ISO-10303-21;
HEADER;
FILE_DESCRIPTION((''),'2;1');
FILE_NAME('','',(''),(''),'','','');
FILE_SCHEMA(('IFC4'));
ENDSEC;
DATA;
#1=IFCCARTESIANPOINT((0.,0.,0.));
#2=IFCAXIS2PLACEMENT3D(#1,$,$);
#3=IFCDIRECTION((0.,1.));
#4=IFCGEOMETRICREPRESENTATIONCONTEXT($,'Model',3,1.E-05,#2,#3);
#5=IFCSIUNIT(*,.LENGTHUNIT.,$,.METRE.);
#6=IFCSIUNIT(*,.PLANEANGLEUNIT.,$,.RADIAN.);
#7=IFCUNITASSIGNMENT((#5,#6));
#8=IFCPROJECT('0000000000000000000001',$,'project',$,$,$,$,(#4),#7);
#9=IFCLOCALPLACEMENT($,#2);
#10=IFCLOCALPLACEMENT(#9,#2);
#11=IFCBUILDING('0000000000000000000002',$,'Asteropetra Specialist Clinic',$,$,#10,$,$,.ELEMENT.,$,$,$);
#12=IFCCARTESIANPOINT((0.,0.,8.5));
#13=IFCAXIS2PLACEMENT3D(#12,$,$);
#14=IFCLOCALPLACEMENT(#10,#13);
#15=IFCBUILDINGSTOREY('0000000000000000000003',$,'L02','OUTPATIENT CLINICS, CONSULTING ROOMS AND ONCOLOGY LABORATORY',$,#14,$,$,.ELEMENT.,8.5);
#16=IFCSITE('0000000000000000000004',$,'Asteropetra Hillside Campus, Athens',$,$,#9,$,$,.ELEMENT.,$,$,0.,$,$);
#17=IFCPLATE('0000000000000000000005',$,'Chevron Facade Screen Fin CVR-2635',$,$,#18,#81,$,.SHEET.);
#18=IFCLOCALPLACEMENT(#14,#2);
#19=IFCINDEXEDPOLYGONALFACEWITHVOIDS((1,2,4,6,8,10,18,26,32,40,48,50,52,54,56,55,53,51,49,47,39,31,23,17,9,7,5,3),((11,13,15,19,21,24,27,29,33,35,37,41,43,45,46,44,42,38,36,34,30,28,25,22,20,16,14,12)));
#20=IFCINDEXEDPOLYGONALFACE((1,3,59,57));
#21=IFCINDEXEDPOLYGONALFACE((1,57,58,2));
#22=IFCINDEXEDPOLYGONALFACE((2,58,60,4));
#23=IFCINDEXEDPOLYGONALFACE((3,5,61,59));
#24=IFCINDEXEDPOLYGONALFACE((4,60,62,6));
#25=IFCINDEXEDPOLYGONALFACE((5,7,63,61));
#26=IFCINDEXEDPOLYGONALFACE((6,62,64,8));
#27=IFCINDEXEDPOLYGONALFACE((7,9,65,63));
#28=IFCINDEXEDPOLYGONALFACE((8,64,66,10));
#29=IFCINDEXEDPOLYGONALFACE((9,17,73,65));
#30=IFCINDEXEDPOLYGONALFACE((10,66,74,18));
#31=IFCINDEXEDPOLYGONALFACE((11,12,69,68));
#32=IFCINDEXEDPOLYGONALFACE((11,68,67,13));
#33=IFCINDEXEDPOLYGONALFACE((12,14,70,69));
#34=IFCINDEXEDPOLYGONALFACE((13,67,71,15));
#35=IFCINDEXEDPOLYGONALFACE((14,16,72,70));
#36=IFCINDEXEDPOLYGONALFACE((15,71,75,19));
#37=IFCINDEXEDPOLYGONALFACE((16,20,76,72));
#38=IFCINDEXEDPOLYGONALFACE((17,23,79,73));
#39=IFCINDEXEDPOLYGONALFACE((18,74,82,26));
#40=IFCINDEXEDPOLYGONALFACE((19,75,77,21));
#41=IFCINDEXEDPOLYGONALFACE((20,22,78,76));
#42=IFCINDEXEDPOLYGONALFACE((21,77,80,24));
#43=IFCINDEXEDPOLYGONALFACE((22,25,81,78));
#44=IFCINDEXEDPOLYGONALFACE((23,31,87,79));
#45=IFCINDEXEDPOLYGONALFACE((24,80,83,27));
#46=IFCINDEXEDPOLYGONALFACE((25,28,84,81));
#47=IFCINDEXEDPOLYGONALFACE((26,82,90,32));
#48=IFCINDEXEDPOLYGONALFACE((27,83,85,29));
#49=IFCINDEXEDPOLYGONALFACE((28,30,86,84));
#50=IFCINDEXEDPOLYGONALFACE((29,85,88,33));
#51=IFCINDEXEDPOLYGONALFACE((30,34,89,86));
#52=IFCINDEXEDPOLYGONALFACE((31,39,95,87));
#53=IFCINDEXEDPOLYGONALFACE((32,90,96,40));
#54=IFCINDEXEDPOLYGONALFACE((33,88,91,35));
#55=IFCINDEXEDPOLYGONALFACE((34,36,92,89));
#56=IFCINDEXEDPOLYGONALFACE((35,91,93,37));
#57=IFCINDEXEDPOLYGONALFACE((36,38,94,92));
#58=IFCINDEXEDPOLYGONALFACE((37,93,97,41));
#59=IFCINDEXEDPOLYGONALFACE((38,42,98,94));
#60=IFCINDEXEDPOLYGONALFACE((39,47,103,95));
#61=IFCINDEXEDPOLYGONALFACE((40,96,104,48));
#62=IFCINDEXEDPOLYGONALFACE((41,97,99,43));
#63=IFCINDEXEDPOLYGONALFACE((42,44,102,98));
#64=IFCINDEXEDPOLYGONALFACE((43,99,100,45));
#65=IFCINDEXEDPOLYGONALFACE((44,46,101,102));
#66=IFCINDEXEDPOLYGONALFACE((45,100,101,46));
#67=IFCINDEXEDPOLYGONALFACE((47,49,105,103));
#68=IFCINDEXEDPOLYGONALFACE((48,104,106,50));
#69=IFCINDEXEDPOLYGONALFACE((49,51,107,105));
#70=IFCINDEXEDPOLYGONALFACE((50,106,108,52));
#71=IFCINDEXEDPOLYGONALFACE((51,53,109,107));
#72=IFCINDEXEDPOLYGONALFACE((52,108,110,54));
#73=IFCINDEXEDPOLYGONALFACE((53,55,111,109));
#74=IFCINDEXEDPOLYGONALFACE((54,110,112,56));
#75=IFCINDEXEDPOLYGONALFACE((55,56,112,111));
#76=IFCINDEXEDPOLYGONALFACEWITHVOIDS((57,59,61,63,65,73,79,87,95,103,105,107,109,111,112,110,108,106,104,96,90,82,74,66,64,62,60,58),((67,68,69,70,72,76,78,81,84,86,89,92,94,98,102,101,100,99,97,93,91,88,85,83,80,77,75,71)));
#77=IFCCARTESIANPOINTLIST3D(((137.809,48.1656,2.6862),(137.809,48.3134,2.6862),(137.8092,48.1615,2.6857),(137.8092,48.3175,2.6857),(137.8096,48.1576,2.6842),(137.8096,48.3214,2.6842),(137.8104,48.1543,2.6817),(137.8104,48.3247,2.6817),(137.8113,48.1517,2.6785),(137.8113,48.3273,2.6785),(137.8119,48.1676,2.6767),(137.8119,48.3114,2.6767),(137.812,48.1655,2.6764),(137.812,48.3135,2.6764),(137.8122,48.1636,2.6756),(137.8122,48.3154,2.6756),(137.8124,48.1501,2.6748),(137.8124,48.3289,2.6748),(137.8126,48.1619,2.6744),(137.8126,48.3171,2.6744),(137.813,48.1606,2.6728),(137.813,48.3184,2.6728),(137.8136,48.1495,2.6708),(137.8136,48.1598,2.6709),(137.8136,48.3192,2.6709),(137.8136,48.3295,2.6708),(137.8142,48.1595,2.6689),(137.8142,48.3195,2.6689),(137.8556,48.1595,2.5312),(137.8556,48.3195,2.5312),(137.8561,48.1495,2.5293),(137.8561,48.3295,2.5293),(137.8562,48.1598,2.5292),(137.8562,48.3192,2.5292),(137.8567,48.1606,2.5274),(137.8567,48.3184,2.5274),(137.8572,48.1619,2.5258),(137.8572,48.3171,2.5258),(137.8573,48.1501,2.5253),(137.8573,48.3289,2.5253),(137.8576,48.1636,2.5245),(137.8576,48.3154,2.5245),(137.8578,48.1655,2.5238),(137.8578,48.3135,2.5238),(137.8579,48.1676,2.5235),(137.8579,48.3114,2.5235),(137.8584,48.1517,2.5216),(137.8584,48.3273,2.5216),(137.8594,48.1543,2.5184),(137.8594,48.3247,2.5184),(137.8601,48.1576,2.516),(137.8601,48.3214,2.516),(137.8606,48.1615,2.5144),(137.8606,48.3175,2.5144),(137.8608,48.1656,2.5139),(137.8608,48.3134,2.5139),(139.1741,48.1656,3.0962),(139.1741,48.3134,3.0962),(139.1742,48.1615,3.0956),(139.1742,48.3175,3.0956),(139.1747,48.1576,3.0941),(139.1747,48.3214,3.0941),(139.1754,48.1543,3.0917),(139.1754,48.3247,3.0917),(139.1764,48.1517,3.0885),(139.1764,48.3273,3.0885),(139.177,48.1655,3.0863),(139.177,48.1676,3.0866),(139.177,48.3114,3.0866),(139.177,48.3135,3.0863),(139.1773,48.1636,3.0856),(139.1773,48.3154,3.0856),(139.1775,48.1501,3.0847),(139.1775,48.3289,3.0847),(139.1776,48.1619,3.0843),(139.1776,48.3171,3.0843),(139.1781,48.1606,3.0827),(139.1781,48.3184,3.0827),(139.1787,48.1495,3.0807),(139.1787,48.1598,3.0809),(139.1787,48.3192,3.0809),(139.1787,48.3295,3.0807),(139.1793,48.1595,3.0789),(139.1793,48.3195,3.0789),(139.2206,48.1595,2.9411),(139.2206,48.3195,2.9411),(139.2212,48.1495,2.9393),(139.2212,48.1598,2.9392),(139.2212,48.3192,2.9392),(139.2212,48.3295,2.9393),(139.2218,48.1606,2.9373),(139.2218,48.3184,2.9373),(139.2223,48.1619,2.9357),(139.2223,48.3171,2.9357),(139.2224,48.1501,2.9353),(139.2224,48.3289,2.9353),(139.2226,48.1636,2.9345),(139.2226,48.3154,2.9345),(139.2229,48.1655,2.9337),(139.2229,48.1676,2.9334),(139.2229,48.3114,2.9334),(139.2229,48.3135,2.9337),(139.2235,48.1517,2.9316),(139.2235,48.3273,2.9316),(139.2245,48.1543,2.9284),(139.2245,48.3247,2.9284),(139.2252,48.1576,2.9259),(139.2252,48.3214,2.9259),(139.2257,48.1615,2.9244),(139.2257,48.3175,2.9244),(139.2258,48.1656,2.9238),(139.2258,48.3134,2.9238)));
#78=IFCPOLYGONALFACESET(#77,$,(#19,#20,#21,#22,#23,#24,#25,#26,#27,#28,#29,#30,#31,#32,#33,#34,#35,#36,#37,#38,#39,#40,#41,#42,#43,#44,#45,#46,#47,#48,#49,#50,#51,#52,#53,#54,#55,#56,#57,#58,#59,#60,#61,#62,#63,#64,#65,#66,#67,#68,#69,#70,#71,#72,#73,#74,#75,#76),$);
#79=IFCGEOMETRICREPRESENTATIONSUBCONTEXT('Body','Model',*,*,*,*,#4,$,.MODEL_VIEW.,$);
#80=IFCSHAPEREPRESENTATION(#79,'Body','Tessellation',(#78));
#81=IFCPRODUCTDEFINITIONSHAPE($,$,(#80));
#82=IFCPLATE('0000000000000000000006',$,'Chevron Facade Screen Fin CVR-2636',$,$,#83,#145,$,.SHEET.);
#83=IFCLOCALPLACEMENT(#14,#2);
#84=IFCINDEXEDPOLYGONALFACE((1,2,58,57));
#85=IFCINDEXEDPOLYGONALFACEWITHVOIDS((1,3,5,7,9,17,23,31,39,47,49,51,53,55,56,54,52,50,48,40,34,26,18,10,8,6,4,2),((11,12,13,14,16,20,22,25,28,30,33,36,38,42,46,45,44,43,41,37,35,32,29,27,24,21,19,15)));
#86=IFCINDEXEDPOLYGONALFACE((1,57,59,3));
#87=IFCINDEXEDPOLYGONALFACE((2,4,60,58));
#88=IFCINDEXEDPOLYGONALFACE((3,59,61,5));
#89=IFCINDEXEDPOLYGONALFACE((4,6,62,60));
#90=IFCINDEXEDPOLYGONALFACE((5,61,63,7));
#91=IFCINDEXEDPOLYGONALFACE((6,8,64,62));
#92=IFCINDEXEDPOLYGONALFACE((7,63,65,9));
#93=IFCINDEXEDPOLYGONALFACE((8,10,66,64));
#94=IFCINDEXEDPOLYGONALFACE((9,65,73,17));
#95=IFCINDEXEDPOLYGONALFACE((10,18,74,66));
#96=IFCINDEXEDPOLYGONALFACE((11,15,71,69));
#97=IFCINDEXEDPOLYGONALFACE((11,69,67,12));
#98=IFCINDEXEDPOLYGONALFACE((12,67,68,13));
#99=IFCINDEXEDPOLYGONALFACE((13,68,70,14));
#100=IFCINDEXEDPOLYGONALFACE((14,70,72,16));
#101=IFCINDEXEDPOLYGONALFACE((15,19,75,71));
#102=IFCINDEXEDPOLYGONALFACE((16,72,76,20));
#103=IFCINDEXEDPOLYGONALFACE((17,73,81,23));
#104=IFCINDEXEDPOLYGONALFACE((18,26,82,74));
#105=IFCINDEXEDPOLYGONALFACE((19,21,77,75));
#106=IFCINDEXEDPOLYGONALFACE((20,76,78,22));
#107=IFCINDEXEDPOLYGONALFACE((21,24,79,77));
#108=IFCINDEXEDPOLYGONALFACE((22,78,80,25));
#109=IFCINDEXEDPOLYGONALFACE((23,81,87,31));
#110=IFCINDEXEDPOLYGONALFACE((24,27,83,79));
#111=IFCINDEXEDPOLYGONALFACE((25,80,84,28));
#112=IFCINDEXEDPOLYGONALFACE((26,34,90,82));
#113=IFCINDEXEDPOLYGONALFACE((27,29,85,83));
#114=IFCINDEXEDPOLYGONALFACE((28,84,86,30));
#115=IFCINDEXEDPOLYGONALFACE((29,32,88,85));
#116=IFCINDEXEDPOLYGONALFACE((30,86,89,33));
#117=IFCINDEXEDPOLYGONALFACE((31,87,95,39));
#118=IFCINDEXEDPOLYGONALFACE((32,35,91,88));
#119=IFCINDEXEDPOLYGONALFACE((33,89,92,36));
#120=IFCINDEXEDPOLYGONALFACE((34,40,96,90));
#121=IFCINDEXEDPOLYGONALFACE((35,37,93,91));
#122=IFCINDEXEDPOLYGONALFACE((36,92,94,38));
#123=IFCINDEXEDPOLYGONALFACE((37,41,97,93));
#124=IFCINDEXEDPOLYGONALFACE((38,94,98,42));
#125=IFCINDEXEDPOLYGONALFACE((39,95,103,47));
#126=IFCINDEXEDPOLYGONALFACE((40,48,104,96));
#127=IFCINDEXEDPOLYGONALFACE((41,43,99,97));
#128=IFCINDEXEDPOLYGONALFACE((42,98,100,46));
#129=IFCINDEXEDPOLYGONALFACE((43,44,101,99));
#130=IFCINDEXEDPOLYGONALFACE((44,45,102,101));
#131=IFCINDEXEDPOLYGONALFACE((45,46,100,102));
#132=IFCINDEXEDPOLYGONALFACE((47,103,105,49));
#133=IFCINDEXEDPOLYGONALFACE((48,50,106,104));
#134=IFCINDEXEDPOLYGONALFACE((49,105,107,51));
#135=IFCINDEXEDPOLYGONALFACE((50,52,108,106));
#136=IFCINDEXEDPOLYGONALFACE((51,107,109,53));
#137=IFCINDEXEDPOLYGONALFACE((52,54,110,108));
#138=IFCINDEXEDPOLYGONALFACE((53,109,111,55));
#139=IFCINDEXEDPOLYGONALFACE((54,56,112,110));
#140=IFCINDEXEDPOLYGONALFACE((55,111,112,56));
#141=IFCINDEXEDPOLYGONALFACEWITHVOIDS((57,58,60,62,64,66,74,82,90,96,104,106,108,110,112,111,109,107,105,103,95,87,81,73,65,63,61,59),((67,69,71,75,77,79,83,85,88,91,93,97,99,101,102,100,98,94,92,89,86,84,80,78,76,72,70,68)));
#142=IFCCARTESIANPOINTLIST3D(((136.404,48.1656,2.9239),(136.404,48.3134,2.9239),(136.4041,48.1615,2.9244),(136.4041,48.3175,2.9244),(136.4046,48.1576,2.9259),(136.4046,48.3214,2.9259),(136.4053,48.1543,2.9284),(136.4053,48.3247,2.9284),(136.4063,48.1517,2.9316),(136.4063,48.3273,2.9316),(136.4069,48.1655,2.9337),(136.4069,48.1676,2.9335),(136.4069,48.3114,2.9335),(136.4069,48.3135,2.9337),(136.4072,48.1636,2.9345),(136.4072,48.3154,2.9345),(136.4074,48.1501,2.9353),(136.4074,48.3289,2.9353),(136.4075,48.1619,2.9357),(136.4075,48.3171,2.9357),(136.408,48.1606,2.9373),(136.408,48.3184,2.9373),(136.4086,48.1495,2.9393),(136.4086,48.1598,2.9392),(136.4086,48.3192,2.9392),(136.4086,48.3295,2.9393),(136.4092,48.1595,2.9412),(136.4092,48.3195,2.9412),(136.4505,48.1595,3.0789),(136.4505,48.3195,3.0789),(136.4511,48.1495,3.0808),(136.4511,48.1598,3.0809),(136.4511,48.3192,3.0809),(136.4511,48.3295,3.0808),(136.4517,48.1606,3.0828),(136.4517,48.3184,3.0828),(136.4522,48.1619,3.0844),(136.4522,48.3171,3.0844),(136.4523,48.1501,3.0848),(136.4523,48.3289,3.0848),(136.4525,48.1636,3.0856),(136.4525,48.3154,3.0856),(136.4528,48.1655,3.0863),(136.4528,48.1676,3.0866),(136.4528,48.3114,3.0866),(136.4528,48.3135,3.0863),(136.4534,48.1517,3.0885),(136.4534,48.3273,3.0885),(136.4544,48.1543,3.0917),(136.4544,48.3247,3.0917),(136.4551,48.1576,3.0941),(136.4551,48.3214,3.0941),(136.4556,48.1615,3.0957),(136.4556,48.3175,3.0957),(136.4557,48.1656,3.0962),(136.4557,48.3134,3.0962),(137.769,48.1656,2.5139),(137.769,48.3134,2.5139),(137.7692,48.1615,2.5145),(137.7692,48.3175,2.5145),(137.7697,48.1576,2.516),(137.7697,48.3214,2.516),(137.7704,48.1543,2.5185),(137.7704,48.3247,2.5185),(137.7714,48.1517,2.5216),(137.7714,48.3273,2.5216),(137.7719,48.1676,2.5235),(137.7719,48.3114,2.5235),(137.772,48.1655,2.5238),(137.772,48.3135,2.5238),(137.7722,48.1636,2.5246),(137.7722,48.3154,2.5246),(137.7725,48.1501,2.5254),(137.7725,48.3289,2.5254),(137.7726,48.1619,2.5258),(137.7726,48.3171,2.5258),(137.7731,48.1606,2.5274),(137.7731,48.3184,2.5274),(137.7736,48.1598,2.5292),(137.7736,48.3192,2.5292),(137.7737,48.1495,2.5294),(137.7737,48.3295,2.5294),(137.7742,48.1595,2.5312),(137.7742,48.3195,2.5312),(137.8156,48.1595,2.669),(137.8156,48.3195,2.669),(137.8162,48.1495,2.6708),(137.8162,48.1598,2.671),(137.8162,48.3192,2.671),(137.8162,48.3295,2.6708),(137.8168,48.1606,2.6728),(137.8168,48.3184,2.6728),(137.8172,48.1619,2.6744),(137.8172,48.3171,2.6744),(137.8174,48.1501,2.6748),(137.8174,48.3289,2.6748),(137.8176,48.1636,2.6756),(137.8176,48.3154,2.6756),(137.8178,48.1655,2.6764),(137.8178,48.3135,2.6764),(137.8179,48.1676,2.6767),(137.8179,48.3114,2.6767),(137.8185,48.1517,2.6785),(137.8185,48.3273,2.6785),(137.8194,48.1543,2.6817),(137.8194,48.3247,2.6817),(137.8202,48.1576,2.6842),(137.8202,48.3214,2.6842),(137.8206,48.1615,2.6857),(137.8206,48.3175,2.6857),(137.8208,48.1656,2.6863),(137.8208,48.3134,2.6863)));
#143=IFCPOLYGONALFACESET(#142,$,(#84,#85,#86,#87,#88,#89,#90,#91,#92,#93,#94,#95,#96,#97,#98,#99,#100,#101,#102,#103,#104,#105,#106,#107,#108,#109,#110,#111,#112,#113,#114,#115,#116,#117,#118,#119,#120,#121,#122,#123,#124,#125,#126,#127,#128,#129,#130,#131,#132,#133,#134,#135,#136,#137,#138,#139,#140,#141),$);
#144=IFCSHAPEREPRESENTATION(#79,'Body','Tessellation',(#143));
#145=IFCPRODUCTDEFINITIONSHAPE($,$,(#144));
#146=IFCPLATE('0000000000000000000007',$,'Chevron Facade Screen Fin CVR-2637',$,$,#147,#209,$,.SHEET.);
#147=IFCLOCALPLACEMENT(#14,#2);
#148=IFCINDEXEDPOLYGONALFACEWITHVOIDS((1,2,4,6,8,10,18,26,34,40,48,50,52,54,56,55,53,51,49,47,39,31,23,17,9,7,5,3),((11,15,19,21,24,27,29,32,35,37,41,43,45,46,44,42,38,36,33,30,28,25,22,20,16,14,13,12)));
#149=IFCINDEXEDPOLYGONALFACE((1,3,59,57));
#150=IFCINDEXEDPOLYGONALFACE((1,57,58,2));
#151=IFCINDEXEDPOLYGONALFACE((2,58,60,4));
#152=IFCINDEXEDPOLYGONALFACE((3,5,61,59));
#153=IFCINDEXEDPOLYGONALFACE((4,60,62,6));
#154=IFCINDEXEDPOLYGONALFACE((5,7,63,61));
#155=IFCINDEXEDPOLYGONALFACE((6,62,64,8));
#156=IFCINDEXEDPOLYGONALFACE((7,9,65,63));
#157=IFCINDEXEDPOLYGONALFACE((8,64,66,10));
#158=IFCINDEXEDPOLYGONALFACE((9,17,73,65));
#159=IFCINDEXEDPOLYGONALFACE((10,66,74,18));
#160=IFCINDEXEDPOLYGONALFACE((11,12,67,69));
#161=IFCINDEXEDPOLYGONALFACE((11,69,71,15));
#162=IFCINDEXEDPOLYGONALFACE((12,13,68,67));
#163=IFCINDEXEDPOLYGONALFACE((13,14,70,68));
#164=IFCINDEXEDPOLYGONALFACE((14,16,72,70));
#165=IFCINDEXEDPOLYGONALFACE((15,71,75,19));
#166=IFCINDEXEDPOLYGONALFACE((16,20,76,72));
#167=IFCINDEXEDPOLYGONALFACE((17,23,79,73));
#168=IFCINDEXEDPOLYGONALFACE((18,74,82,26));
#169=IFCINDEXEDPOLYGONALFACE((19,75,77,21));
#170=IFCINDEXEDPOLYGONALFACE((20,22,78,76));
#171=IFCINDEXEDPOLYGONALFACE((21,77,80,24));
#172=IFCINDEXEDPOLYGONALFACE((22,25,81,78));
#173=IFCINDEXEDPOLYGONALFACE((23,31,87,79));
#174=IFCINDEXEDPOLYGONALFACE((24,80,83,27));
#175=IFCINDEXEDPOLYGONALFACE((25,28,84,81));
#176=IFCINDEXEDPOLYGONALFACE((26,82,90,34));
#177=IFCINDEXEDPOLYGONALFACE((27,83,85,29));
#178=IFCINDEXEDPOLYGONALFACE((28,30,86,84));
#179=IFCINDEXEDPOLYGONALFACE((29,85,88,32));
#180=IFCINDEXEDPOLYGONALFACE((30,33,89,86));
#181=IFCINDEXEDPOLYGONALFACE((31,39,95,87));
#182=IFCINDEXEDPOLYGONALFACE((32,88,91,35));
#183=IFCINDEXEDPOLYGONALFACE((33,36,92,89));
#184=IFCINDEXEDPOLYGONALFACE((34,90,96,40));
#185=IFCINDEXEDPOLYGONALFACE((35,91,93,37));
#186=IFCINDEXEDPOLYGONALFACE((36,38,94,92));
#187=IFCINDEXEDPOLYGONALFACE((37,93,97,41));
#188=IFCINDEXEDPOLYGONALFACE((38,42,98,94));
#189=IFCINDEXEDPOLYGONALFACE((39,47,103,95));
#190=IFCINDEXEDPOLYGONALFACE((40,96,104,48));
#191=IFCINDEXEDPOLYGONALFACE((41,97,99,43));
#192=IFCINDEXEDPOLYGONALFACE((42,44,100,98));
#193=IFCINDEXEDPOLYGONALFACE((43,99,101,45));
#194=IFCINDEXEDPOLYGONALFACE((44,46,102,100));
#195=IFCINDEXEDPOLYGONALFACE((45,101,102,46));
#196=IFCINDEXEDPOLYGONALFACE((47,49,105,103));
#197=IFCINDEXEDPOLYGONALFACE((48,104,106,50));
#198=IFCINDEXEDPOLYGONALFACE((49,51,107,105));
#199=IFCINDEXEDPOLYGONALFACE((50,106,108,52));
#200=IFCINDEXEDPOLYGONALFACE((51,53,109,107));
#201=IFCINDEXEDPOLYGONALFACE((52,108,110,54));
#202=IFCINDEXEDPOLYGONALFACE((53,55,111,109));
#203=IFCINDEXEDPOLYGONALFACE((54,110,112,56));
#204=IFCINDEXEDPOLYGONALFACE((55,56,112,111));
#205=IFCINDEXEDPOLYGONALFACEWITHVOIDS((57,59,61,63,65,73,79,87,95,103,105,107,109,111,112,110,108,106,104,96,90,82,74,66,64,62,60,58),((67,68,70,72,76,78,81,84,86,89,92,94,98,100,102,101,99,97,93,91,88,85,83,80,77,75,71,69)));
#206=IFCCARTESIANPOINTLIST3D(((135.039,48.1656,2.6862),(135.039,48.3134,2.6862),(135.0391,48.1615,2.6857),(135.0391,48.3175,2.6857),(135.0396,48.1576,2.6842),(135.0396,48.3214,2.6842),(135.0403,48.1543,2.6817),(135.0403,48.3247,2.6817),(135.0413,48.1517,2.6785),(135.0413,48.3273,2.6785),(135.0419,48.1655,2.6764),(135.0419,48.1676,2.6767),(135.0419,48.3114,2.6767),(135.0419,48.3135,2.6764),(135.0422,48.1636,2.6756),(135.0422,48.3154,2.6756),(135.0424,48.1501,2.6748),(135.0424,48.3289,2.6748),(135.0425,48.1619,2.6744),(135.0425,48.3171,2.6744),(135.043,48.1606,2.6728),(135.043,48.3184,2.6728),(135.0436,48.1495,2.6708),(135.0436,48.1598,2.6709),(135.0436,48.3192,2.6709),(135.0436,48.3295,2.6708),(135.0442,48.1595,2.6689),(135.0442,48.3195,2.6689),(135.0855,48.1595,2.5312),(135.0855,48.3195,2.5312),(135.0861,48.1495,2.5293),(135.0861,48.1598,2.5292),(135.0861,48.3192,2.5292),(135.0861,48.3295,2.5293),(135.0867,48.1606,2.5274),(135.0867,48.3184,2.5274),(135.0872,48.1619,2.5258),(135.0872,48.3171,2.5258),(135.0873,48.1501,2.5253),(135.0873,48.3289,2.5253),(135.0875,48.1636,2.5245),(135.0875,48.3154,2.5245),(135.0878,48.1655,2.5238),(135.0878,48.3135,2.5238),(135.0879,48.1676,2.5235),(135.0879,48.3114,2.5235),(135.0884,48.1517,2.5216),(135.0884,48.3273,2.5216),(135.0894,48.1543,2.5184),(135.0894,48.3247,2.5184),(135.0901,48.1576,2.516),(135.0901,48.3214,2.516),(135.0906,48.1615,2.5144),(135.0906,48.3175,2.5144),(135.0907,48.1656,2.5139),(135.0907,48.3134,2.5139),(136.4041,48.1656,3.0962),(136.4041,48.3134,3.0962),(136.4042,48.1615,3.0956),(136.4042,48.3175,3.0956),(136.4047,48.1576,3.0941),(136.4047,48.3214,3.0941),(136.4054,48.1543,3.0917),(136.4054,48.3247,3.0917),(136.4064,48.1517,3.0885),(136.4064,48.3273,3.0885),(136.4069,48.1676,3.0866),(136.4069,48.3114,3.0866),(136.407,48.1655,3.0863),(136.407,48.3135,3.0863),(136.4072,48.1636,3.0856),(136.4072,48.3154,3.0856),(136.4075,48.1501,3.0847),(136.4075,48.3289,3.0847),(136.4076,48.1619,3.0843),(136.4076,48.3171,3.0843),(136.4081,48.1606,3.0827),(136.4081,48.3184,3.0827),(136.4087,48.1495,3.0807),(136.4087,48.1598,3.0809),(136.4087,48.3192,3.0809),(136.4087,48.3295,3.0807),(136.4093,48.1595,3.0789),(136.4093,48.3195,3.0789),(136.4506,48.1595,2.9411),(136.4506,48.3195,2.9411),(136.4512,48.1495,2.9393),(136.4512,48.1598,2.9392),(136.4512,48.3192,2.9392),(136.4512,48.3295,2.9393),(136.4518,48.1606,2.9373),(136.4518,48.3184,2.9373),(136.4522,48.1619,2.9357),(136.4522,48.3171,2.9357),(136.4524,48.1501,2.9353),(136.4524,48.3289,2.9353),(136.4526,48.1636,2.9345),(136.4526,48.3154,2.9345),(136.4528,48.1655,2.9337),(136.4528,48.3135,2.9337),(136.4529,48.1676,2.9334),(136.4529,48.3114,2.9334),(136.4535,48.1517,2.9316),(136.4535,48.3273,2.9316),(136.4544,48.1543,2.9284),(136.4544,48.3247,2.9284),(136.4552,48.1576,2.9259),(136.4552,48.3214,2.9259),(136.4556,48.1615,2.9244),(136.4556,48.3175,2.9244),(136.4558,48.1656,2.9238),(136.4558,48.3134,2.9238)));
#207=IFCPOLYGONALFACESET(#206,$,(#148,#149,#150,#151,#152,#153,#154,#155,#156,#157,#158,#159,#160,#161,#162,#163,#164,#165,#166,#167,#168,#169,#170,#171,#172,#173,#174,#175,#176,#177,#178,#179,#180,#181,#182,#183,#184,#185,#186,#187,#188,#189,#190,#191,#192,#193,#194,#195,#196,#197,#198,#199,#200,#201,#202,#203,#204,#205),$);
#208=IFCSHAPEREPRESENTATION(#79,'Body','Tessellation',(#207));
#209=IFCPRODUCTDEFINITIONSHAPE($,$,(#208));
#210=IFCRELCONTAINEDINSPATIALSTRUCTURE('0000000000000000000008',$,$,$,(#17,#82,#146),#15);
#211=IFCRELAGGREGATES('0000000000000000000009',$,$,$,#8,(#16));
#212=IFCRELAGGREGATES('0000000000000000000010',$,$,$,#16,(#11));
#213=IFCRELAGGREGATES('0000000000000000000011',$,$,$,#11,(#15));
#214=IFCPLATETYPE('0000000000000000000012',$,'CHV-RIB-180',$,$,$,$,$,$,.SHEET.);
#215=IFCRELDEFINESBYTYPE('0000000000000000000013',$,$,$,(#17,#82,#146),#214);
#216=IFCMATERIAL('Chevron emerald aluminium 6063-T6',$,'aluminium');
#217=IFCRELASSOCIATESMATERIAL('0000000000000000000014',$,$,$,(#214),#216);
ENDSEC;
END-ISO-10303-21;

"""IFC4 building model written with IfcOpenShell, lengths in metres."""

from ifc_helpers import new_model, si_unit, direction, frame, origin, origin_2d, place, context, subcontext, project, spatial, hollow_rectangle, extrude, material, material_profile, profile_set, type_object, element, save


model = new_model("IFC4")

# Units and contexts
model_context = context("Model", 3, precision=1e-05, world=origin(), true_north=direction((0.0, 1.0)))
body_context = subcontext(model_context, "Body", "Model", "MODEL_VIEW")
ifc_project = project(units=[si_unit("LENGTHUNIT", "METRE"), si_unit("PLANEANGLEUNIT", "RADIAN")], contexts=[model_context])

# Site, building, storey
site_placement = place(None, origin())
site = spatial("IfcSite", under=ifc_project, at=site_placement, Name="Asteropetra Hillside Campus, Athens", CompositionType="ELEMENT", RefElevation=0.0)
building_placement = place(site_placement, origin())
building = spatial("IfcBuilding", under=site, at=building_placement, Name="Asteropetra Specialist Clinic", CompositionType="ELEMENT")
storey_placement = place(building_placement, frame((0.0, 0.0, 8.5)))
storey = spatial("IfcBuildingStorey", under=building, at=storey_placement, Name="L02", Description="OUTPATIENT CLINICS, CONSULTING ROOMS AND ONCOLOGY LABORATORY", CompositionType="ELEMENT", Elevation=8.5)

# Plates
ifc_material_1 = material(Name="Chevron emerald aluminium 6063-T6", Category="aluminium")
ifc_material_profile_1 = material_profile(ifc_material_1, hollow_rectangle(XDim=0.1799, YDim=0.1799, WallThickness=0.01, InnerFilletRadius=0.0081, OuterFilletRadius=0.0161, at=origin_2d()), Name="SHS 180x180x10.0")
ifc_profile_set_1 = profile_set([ifc_material_profile_1], Name="Chevron emerald aluminium 6063-T6")
plate_type = type_object("IfcPlateType", Name="CHV-RIB-180", PredefinedType="SHEET", material=ifc_profile_set_1)
for number, where, z_axis, x_axis, name in (
    (1, (139.2, 48.2395, 3.01), (-0.957746, 0.0, -0.287615), (0.0, -1.0, 0.0), "Chevron Facade Screen Fin CVR-2635"),
    (2, (137.7949, 48.2395, 2.6001), (-0.957746, 0.0, 0.287615), (0.0, -1.0, 0.0), "Chevron Facade Screen Fin CVR-2636"),
    (3, (136.4299, 48.2395, 3.01), (-0.957746, 0.0, -0.287615), (0.0, -1.0, 0.0), "Chevron Facade Screen Fin CVR-2637"),
):
    element("IfcPlate", number, at=place(storey_placement, frame(where, z_axis=z_axis, x_axis=x_axis)), inside=storey, type_object=plate_type, Name=name, PredefinedType="SHEET", context=body_context, shape_type="SweptSolid", body=[
        extrude(hollow_rectangle(XDim=0.1799, YDim=0.1799, WallThickness=0.01, InnerFilletRadius=0.0081, OuterFilletRadius=0.0161, at=origin_2d()), origin(), (0.0, 0.0, 1.0), 1.4253),
    ])

save(model, "model.ifc")
